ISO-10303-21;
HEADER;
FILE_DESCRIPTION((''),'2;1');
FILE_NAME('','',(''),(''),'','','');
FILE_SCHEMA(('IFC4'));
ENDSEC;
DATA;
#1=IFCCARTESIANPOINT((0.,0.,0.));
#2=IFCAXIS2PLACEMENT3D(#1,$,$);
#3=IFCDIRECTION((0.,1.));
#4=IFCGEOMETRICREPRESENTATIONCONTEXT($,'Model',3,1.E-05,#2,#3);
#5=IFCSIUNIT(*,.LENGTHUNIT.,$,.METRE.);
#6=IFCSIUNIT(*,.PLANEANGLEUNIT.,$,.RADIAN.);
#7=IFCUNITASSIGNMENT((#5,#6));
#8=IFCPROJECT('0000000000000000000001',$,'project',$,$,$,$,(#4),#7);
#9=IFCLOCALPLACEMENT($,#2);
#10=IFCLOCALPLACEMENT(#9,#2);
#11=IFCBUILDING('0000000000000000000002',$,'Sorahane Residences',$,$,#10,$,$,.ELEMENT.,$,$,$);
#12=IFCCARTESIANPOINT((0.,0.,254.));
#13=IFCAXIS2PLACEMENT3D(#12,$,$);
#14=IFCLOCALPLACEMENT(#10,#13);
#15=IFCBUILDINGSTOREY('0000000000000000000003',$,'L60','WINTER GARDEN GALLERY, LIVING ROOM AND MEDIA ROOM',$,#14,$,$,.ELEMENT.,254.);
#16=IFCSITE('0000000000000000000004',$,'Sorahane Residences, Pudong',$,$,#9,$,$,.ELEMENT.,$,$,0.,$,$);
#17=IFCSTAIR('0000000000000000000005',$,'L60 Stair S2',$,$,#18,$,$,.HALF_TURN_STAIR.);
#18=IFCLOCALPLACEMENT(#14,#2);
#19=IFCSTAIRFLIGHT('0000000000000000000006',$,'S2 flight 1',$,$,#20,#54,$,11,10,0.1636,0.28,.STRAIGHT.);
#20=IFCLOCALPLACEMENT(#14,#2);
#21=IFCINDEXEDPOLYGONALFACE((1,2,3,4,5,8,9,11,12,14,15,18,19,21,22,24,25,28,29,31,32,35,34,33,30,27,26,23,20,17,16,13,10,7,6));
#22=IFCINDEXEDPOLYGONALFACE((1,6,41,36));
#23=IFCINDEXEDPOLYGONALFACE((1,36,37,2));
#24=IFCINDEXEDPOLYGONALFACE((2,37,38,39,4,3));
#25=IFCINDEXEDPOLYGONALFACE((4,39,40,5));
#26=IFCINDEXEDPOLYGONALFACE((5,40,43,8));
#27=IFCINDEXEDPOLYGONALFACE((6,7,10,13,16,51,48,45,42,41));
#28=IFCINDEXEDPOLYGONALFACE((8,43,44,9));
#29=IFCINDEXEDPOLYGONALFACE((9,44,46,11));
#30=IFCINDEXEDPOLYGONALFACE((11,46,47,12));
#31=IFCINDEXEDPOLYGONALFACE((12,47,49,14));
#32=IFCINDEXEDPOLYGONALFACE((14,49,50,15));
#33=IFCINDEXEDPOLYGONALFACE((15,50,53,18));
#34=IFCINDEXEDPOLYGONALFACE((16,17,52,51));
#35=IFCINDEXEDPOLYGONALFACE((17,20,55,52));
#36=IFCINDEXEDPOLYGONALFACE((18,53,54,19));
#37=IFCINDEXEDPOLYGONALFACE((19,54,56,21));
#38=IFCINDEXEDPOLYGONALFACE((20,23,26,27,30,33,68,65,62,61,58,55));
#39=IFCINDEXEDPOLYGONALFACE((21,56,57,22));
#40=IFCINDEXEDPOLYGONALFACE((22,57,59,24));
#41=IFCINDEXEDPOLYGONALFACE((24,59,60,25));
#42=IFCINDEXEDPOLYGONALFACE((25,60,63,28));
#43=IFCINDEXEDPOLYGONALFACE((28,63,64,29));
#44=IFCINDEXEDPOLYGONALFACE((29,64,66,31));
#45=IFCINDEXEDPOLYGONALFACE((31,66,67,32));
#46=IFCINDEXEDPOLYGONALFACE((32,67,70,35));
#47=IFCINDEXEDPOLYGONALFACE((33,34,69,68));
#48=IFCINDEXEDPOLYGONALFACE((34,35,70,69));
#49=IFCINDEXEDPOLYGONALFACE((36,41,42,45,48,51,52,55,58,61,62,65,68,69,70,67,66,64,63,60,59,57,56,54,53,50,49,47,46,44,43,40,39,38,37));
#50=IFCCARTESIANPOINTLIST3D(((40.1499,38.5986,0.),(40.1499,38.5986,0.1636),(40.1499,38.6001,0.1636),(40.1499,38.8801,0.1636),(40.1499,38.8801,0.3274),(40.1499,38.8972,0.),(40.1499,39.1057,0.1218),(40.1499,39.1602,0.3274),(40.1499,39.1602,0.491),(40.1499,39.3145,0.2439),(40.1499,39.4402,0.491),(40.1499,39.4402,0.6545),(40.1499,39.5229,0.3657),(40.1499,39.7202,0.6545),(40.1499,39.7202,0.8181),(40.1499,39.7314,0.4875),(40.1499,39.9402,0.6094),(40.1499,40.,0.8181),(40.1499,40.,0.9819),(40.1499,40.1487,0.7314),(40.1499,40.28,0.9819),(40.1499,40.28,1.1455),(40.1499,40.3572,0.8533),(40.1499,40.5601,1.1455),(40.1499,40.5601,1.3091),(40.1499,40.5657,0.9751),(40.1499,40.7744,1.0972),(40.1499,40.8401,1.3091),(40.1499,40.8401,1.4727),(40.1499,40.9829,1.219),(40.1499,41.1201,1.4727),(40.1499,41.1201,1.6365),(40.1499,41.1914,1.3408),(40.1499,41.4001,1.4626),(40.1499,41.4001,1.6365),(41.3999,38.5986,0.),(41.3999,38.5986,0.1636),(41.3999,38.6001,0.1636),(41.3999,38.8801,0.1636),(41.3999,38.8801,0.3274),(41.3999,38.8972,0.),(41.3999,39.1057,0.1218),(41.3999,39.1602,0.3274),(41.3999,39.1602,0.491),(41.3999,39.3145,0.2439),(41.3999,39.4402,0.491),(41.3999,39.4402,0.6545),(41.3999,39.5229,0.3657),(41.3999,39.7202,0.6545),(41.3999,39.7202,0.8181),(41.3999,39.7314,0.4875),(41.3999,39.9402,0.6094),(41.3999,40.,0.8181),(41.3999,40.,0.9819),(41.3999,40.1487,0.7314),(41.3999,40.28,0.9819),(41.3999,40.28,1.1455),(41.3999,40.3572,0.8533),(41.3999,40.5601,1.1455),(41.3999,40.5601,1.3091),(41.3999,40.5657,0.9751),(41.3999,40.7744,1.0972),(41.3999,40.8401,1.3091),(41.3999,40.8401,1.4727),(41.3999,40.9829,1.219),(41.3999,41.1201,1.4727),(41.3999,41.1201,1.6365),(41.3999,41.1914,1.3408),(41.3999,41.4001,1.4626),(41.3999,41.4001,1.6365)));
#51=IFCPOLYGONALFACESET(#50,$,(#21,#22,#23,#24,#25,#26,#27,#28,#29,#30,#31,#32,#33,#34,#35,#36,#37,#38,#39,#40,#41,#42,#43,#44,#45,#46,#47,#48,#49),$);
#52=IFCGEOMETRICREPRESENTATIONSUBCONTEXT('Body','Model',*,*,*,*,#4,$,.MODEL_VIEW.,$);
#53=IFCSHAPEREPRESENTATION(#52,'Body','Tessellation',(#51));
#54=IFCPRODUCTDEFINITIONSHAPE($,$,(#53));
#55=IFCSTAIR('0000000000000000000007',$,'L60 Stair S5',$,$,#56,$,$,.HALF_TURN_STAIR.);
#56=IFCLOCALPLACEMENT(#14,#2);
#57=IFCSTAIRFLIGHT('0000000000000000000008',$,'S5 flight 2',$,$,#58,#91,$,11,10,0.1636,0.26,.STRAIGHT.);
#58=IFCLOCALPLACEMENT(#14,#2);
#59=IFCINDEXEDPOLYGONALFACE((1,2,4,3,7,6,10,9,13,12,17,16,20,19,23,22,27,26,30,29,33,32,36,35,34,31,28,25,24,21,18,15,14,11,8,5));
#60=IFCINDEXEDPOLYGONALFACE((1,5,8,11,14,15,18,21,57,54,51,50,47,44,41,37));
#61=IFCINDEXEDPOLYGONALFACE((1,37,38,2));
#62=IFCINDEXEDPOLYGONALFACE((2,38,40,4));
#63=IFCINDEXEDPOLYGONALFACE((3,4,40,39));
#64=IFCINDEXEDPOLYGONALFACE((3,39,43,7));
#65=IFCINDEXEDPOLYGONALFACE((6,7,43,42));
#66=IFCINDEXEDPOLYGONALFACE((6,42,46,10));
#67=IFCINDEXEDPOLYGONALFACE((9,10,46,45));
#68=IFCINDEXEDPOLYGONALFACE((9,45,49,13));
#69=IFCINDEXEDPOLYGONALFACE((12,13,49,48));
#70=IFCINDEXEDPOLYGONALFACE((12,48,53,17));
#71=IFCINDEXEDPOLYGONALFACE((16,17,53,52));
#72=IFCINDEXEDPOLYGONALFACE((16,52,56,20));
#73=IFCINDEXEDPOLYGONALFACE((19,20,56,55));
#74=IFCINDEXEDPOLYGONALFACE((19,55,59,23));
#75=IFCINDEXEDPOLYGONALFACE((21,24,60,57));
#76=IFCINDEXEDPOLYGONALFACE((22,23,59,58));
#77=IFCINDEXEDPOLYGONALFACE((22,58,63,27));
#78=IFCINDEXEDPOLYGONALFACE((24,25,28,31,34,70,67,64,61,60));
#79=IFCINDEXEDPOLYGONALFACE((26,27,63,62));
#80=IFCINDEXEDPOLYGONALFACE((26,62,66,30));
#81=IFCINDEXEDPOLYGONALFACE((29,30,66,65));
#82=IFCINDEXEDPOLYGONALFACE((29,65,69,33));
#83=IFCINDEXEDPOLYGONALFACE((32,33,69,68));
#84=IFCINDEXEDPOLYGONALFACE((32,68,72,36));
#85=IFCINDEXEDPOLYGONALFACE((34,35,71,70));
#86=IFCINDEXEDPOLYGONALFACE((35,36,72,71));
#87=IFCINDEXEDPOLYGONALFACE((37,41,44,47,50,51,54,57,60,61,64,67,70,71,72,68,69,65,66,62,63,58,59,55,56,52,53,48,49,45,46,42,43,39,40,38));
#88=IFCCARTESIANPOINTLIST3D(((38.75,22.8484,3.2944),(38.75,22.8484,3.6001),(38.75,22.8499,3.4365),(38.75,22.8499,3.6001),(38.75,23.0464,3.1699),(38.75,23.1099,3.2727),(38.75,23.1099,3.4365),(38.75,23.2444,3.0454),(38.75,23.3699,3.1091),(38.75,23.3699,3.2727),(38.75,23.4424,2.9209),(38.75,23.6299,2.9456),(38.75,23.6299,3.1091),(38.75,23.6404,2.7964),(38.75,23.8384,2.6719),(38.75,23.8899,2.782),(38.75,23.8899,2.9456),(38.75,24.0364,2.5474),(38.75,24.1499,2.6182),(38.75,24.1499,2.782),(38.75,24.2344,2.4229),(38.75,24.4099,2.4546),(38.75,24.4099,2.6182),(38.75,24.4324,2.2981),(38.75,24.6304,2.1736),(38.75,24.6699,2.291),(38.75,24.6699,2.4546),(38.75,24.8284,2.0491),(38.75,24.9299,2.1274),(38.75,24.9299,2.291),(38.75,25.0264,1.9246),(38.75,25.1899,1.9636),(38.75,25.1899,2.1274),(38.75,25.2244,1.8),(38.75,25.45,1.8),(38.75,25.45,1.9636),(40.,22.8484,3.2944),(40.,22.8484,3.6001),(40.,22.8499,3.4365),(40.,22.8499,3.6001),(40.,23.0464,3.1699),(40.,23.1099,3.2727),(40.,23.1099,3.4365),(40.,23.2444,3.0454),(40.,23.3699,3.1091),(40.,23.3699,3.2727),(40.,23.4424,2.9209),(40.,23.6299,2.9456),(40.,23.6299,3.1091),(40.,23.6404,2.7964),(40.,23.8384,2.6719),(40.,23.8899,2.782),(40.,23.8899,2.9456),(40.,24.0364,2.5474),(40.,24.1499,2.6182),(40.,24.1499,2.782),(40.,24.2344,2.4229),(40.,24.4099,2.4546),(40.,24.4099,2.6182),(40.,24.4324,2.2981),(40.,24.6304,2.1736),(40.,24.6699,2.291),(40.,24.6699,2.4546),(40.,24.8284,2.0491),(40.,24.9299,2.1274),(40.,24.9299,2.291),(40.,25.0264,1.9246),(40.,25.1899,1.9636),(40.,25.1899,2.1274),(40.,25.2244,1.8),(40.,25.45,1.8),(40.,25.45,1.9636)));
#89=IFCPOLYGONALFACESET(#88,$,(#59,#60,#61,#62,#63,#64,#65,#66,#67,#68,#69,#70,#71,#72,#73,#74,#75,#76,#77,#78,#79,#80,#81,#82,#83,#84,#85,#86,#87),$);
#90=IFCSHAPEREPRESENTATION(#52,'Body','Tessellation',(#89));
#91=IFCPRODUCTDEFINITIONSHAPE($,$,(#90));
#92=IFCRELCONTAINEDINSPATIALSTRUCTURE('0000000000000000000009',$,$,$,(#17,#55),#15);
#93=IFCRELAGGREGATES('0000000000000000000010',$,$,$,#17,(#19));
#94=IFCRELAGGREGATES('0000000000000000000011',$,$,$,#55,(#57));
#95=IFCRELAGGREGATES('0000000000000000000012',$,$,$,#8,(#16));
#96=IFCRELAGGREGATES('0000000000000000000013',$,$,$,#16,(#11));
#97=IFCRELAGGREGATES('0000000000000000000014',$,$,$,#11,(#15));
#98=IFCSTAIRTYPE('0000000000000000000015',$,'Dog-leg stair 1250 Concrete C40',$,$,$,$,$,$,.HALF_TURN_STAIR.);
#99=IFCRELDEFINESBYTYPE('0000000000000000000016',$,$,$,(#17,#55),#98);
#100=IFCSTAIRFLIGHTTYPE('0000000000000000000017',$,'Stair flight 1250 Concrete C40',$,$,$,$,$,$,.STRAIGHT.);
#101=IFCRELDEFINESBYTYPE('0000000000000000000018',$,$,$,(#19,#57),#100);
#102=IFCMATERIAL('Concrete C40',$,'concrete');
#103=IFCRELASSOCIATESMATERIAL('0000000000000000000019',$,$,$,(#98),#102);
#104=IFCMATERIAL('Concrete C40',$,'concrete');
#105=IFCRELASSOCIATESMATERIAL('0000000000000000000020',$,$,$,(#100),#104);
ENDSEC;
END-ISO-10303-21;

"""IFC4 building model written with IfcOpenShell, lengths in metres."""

from ifc_helpers import new_model, si_unit, direction, frame, origin, place, context, subcontext, project, spatial, polyline, outline, extrude, material, type_object, element, aggregate, save


model = new_model("IFC4")

# Units and contexts
model_context = context("Model", 3, precision=1e-05, world=origin(), true_north=direction((0.0, 1.0)))
body_context = subcontext(model_context, "Body", "Model", "MODEL_VIEW")
ifc_project = project(units=[si_unit("LENGTHUNIT", "METRE"), si_unit("PLANEANGLEUNIT", "RADIAN")], contexts=[model_context])

# Site, building, storey
site_placement = place(None, origin())
site = spatial("IfcSite", under=ifc_project, at=site_placement, Name="Sorahane Residences, Pudong", CompositionType="ELEMENT", RefElevation=0.0)
building_placement = place(site_placement, origin())
building = spatial("IfcBuilding", under=site, at=building_placement, Name="Sorahane Residences", CompositionType="ELEMENT")
storey_placement = place(building_placement, frame((0.0, 0.0, 254.0)))
storey = spatial("IfcBuildingStorey", under=building, at=storey_placement, Name="L60", Description="WINTER GARDEN GALLERY, LIVING ROOM AND MEDIA ROOM", CompositionType="ELEMENT", Elevation=254.0)

# Stairs, stair flights
ifc_material_1 = material(Name="Concrete C40", Category="concrete")
stair_type = type_object("IfcStairType", Name="Dog-leg stair 1250 Concrete C40", PredefinedType="HALF_TURN_STAIR", material=ifc_material_1)
stair_1_placement = place(storey_placement, origin())
stair_1 = element("IfcStair", 1, at=stair_1_placement, inside=storey, type_object=stair_type, Name="L60 Stair S2", PredefinedType="HALF_TURN_STAIR")
ifc_material_2 = material(Name="Concrete C40", Category="concrete")
stair_flight_type = type_object("IfcStairFlightType", Name="Stair flight 1250 Concrete C40", PredefinedType="STRAIGHT", material=ifc_material_2)
stair_flight_1_placement = place(storey_placement, frame((40.7749, 38.6001, 0.0), z_axis=(0.0, 0.0, 1.0), x_axis=(0.0, 1.0, 0.0)))
stair_flight_1 = element("IfcStairFlight", 2, at=stair_flight_1_placement, type_object=stair_flight_type, Name="S2 flight 1", NumberOfRisers=11, NumberOfTreads=10, PredefinedType="STRAIGHT", RiserHeight=0.1636, TreadLength=0.28, context=body_context, shape_type="SweptSolid", body=[
    extrude(outline(polyline([(-0.0015, 0.0), (-0.0015, 0.1636), (0.0, 0.1636), (0.28, 0.1636), (0.28, 0.3274), (0.5601, 0.3274), (0.5601, 0.491), (0.8401, 0.491), (0.8401, 0.6545), (1.1201, 0.6545), (1.1201, 0.8181), (1.3999, 0.8181), (1.3999, 0.9819), (1.6799, 0.9819), (1.6799, 1.1455), (1.96, 1.1455), (1.96, 1.3091), (2.24, 1.3091), (2.24, 1.4727), (2.52, 1.4727), (2.52, 1.6365), (2.8, 1.6365), (2.8, 1.8), (2.8, 1.4626), (2.5913, 1.3408), (2.3828, 1.219), (2.1743, 1.0972), (1.9656, 0.9751), (1.7571, 0.8533), (1.5486, 0.7314), (1.3401, 0.6094), (1.1313, 0.4875), (0.9229, 0.3657), (0.7144, 0.2439), (0.5056, 0.1218), (0.2971, 0.0), (-0.0015, 0.0)])), frame((0.0, 0.625, 0.0), z_axis=(0.0, -1.0, 0.0), x_axis=(1.0, 0.0, 0.0)), (0.0, 0.0, 1.0), 1.25),
])
aggregate(stair_1, [stair_flight_1])
stair_2_placement = place(storey_placement, origin())
stair_2 = element("IfcStair", 3, at=stair_2_placement, inside=storey, type_object=stair_type, Name="L60 Stair S5", PredefinedType="HALF_TURN_STAIR")
stair_flight_2_placement = place(storey_placement, frame((39.375, 25.45, 1.8), z_axis=(0.0, 0.0, 1.0), x_axis=(0.0, -1.0, 0.0)))
stair_flight_2 = element("IfcStairFlight", 4, at=stair_flight_2_placement, type_object=stair_flight_type, Name="S5 flight 2", NumberOfRisers=11, NumberOfTreads=10, PredefinedType="STRAIGHT", RiserHeight=0.1636, TreadLength=0.26, context=body_context, shape_type="SweptSolid", body=[
    extrude(outline(polyline([(0.0, 0.0), (0.0, 0.1636), (0.26, 0.1636), (0.26, 0.3274), (0.52, 0.3274), (0.52, 0.491), (0.78, 0.491), (0.78, 0.6545), (1.04, 0.6545), (1.04, 0.8181), (1.3, 0.8181), (1.3, 0.9819), (1.5601, 0.9819), (1.5601, 1.1455), (1.8201, 1.1455), (1.8201, 1.3091), (2.0801, 1.3091), (2.0801, 1.4727), (2.3401, 1.4727), (2.3401, 1.6365), (2.6001, 1.6365), (2.6001, 1.8), (2.6016, 1.8), (2.6016, 1.4944), (2.4036, 1.3699), (2.2056, 1.2454), (2.0076, 1.1208), (1.8096, 0.9963), (1.6116, 0.8718), (1.4136, 0.7473), (1.2156, 0.6228), (1.0176, 0.498), (0.8196, 0.3735), (0.6216, 0.249), (0.4236, 0.1245), (0.2256, 0.0), (0.0, 0.0)])), frame((0.0, 0.625, 0.0), z_axis=(0.0, -1.0, 0.0), x_axis=(1.0, 0.0, 0.0)), (0.0, 0.0, 1.0), 1.25),
])
aggregate(stair_2, [stair_flight_2])

save(model, "model.ifc")
